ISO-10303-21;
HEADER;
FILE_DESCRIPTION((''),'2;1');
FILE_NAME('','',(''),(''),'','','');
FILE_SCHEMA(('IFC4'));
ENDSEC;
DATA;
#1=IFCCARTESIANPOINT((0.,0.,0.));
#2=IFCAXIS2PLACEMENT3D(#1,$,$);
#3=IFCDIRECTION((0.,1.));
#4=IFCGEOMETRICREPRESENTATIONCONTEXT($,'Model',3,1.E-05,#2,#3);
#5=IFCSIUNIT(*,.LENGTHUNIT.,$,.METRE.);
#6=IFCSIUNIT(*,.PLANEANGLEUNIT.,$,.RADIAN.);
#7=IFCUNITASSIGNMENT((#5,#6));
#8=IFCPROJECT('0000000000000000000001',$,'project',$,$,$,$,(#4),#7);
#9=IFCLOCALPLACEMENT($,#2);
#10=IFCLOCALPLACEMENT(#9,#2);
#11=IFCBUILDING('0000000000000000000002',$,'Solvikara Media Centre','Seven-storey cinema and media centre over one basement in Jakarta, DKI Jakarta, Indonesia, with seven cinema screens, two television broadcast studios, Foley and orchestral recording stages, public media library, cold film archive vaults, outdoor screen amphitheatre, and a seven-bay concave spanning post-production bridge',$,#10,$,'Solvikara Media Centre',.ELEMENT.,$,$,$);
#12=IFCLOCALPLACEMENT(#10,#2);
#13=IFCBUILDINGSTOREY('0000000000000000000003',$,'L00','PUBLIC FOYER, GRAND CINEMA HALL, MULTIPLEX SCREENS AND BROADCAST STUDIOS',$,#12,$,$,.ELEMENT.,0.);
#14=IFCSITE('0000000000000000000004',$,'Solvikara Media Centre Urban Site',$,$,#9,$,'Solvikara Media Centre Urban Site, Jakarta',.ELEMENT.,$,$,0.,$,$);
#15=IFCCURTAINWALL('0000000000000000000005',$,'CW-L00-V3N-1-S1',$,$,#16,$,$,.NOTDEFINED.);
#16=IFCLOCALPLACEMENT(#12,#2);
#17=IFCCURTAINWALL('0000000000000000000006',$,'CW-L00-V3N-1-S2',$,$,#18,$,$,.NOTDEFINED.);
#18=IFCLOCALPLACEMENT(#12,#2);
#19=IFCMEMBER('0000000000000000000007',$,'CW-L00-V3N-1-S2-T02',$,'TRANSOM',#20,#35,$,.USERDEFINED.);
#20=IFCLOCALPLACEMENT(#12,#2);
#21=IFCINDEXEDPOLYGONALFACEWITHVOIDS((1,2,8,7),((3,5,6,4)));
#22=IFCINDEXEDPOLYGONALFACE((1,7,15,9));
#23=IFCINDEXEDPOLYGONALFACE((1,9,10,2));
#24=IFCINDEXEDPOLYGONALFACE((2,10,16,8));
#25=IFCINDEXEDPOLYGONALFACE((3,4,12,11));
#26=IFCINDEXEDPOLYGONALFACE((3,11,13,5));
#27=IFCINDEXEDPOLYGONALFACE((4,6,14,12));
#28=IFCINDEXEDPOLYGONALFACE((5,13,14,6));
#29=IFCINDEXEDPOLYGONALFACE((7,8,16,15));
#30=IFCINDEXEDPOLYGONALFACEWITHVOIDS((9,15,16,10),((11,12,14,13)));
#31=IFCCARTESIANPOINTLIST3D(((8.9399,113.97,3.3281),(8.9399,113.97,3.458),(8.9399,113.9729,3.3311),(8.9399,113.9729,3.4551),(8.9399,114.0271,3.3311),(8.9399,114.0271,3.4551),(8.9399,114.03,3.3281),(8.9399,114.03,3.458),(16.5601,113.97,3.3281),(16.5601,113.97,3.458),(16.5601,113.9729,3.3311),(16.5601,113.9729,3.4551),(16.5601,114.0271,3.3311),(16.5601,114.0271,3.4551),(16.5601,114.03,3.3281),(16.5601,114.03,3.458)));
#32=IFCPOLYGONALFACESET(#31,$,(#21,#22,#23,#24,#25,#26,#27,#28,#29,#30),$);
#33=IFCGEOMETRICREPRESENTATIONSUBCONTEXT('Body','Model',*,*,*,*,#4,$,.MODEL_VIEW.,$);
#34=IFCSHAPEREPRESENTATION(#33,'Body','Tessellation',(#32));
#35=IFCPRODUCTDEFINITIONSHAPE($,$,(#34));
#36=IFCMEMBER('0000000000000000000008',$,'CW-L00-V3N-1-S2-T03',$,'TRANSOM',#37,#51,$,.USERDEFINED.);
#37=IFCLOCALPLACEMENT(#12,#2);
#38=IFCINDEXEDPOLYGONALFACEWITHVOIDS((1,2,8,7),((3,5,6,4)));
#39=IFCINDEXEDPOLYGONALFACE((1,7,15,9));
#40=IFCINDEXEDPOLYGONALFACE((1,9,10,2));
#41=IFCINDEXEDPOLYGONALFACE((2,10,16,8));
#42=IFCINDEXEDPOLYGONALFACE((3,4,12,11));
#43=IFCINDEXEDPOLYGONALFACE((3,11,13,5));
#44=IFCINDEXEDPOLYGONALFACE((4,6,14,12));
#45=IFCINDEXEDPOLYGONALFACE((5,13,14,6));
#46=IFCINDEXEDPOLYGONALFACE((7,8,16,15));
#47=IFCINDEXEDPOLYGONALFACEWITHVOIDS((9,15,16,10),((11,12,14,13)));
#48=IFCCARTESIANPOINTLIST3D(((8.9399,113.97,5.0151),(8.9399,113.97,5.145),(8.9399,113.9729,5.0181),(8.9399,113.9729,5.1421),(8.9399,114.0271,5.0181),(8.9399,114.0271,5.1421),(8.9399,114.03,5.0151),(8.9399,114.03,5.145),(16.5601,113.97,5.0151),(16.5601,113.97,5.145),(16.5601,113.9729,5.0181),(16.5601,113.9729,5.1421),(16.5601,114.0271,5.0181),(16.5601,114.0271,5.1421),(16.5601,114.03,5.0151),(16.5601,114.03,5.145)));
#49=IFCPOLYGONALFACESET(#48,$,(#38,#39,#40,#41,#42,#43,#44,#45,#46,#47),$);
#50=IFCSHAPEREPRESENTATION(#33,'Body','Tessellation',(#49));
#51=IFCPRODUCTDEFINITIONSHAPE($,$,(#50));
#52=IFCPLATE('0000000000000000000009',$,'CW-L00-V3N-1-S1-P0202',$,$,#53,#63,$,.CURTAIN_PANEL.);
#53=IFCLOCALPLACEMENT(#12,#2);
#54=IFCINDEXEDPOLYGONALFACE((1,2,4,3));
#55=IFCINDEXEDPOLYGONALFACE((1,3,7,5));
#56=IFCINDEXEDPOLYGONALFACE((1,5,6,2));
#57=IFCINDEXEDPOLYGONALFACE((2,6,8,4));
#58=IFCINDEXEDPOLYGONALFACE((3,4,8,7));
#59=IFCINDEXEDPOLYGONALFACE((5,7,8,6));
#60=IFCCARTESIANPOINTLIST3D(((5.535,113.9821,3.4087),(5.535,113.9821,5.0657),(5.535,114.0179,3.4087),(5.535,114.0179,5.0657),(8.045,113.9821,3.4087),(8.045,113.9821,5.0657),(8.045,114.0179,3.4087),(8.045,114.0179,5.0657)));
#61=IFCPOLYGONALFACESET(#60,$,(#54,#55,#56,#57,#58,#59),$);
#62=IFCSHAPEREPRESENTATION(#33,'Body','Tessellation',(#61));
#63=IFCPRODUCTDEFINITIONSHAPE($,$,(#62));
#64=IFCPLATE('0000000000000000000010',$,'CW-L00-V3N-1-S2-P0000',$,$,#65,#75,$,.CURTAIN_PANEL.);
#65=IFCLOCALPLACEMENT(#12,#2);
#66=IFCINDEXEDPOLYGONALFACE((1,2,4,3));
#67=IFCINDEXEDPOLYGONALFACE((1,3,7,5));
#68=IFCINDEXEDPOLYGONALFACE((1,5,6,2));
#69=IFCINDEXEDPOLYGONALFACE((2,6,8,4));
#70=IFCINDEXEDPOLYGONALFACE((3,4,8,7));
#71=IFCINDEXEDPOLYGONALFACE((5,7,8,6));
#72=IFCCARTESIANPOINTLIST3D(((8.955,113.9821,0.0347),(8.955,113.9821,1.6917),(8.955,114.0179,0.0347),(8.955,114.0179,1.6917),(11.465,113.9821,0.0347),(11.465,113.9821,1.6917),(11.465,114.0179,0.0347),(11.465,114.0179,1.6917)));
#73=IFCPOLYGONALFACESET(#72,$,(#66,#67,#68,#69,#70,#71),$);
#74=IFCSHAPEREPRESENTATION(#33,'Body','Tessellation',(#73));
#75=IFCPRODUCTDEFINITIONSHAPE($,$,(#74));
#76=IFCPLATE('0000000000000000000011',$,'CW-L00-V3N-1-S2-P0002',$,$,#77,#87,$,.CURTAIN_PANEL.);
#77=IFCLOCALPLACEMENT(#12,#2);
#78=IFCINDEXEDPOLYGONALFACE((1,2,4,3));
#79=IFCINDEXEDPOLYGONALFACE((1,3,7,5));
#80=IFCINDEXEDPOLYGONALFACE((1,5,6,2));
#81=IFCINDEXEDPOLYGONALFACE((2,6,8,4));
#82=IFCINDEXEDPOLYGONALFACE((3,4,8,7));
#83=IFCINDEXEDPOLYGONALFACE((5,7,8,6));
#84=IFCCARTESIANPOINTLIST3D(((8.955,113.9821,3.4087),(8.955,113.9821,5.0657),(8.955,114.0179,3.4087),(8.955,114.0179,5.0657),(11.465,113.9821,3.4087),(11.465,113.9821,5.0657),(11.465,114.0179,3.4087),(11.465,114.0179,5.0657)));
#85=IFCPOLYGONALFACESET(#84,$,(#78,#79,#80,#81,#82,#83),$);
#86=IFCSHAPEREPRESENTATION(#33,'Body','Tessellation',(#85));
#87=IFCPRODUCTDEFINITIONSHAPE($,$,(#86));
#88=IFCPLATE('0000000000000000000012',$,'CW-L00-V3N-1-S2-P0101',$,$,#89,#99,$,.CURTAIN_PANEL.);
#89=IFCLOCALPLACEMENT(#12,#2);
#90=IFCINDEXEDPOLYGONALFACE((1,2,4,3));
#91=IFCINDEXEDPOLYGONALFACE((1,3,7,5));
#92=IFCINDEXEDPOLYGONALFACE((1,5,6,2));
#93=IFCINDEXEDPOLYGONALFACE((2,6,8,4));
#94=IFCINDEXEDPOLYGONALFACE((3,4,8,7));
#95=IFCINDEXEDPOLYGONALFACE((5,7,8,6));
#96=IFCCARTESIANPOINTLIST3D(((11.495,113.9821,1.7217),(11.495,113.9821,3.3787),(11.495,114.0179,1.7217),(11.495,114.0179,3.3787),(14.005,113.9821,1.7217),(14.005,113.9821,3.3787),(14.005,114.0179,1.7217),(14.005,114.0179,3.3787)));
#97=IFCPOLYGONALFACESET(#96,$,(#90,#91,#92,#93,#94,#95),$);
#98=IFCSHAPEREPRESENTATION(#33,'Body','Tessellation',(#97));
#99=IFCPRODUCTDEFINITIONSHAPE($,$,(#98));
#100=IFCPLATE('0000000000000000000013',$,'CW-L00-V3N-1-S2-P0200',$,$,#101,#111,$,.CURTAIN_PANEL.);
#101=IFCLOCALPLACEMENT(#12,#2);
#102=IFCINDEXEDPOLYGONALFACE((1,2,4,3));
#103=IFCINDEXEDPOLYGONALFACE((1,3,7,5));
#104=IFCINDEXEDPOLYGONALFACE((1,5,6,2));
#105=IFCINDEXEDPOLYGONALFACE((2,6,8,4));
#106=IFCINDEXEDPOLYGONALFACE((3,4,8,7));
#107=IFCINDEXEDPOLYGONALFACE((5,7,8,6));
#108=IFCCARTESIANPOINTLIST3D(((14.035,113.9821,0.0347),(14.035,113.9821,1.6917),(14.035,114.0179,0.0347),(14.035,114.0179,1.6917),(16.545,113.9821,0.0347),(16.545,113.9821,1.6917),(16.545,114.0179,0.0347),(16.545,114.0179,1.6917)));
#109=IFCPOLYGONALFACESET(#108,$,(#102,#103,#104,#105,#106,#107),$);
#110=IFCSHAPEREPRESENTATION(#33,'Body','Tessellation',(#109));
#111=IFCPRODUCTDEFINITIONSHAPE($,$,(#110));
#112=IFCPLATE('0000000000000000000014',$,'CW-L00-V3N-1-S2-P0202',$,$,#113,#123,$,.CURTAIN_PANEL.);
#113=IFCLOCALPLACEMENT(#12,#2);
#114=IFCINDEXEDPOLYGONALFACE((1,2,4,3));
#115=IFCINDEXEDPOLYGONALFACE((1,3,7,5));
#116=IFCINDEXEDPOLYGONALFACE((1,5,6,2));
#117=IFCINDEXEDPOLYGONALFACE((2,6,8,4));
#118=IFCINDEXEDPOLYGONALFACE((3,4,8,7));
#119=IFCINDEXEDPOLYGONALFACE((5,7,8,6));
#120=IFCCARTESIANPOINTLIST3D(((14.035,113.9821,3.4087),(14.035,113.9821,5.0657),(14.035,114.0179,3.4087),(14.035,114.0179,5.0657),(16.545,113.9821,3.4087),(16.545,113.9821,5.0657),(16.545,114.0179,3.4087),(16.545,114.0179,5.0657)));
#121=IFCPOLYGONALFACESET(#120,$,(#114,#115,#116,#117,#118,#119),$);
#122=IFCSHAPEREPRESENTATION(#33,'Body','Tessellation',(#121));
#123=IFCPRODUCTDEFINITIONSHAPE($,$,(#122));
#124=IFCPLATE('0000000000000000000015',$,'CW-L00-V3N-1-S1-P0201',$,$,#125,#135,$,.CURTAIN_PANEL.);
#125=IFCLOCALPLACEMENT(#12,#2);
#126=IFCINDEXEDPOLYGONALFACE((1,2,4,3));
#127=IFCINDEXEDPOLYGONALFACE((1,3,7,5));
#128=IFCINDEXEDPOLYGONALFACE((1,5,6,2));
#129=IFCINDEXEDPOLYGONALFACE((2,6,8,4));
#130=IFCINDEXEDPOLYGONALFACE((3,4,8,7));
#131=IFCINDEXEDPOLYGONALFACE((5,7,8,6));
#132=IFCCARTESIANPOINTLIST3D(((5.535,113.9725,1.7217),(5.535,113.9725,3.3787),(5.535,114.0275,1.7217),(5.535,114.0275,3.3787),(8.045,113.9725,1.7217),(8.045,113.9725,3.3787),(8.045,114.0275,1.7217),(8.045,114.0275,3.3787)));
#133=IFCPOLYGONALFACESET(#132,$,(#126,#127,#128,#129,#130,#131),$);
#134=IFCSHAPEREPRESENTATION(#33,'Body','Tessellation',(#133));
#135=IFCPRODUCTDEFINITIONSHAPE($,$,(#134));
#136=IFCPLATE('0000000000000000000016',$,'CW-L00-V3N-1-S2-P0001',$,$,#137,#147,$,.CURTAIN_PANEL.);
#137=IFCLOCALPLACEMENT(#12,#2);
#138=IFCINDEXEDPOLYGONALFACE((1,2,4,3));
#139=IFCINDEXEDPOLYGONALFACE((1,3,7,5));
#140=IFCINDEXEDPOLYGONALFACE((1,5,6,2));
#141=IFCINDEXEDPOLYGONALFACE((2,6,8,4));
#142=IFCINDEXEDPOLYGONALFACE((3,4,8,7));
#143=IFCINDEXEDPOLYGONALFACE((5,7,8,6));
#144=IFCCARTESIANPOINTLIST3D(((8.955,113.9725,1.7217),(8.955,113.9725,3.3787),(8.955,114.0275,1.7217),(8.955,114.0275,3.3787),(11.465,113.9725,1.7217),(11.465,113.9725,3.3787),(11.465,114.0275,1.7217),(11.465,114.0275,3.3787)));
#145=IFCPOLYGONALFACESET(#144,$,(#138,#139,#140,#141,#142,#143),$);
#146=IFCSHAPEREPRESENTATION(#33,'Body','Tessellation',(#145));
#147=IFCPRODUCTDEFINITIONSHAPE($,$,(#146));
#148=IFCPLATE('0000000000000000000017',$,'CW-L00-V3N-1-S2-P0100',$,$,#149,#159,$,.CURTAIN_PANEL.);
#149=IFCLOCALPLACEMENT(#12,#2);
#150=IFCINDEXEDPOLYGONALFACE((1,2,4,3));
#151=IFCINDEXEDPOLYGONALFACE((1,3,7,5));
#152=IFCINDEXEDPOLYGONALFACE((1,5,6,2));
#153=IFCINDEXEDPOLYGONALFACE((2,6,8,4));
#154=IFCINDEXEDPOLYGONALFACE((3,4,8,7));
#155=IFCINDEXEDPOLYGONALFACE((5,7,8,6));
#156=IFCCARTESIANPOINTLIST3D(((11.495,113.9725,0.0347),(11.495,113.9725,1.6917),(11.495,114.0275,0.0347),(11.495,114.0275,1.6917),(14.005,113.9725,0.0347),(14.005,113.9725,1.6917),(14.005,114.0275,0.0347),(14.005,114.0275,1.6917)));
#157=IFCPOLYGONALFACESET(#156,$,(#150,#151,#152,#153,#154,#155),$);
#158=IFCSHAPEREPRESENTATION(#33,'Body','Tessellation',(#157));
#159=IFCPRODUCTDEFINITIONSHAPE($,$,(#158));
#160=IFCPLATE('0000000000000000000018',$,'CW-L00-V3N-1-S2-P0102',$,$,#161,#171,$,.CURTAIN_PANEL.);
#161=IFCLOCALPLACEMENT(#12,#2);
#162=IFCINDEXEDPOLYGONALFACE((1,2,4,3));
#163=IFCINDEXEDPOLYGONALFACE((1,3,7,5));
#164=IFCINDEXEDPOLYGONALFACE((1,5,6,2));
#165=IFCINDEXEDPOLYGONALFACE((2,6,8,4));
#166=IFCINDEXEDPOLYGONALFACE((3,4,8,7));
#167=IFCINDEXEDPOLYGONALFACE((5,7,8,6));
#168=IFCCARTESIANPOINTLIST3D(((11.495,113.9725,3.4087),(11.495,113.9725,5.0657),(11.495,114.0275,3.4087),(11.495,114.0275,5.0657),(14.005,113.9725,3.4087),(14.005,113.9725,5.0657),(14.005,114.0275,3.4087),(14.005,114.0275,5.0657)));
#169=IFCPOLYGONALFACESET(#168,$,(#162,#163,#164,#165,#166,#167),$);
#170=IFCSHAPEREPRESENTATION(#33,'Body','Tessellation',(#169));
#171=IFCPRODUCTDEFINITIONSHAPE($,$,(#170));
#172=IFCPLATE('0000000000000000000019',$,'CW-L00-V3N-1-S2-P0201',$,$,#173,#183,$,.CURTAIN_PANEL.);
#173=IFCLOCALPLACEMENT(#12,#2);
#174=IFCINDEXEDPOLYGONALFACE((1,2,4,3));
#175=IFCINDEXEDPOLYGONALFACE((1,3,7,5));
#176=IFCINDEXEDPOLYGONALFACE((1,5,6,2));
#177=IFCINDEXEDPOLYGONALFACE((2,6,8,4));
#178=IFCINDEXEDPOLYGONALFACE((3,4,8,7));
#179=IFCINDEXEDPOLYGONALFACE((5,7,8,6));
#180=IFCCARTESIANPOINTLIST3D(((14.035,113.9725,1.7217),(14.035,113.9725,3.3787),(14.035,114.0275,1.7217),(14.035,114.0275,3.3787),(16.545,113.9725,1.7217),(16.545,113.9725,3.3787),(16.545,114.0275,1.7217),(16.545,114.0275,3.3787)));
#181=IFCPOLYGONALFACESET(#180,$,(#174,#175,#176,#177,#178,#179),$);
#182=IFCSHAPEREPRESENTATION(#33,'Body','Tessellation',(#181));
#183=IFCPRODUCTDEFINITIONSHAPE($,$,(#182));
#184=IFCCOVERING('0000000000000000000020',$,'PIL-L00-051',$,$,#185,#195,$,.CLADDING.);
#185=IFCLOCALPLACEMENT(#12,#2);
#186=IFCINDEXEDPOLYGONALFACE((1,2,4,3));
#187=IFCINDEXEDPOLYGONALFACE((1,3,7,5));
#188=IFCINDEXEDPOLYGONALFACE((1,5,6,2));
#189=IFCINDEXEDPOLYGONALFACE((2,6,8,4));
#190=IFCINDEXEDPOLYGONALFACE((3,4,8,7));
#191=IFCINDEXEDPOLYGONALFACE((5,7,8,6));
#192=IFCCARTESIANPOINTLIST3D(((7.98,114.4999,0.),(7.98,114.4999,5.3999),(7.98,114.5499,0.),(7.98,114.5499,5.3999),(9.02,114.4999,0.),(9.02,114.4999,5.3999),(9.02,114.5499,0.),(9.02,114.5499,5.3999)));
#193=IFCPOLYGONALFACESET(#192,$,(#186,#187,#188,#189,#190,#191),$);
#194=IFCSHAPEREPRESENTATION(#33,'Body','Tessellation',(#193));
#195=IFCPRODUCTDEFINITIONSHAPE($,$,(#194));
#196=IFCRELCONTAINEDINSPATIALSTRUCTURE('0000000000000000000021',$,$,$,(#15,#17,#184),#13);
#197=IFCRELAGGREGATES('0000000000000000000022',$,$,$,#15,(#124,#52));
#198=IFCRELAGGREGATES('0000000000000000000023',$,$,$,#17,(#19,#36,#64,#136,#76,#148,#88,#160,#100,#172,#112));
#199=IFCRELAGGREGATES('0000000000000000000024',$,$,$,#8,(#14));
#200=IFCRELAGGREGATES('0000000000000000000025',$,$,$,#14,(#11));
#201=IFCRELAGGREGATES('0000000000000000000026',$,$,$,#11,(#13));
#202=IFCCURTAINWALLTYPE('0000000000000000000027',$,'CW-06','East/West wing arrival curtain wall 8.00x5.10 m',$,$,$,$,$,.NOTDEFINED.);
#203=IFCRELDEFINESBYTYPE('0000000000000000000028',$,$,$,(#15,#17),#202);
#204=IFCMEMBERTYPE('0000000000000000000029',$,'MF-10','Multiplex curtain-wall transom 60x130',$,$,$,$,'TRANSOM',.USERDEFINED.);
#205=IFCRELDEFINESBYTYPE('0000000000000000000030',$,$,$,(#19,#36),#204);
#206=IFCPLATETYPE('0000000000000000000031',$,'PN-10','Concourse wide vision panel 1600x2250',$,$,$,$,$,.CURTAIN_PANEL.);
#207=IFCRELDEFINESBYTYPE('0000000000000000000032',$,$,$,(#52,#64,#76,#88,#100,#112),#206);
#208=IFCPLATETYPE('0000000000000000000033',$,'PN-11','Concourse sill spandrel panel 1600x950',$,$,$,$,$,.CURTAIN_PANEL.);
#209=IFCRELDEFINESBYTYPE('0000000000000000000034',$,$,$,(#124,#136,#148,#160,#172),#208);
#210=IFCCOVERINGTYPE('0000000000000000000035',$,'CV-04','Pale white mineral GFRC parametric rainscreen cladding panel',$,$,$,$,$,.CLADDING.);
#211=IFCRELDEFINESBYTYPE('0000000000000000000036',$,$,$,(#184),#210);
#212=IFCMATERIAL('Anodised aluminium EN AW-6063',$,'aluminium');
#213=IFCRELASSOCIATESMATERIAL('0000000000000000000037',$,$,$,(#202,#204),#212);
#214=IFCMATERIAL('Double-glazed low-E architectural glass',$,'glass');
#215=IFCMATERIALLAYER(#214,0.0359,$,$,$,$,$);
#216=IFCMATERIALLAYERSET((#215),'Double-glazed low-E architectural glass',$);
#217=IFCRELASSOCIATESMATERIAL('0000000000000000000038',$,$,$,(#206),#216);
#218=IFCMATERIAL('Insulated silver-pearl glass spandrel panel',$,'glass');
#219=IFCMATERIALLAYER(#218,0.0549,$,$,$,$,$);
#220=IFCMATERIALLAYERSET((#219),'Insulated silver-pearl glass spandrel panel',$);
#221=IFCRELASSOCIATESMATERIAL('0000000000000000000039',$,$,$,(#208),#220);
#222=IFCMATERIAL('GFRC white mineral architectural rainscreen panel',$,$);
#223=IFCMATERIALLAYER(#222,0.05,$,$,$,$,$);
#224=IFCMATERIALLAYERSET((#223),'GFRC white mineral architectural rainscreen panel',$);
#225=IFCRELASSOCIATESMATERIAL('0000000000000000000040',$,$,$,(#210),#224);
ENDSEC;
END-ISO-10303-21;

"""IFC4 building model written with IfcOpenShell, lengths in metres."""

from ifc_helpers import new_model, si_unit, direction, frame, origin, origin_2d, place, context, subcontext, project, spatial, rectangle, hollow_rectangle, extrude, material, layer, layer_set, material_profile, profile_set, type_object, element, aggregate, save


model = new_model("IFC4")

# Units and contexts
model_context = context("Model", 3, precision=1e-05, world=origin(), true_north=direction((0.0, 1.0)))
body_context = subcontext(model_context, "Body", "Model", "MODEL_VIEW")
ifc_project = project(units=[si_unit("LENGTHUNIT", "METRE"), si_unit("PLANEANGLEUNIT", "RADIAN")], contexts=[model_context])

# Site, building, storey
site_placement = place(None, origin())
site = spatial("IfcSite", under=ifc_project, at=site_placement, Name="Solvikara Media Centre Urban Site", LongName="Solvikara Media Centre Urban Site, Jakarta", CompositionType="ELEMENT", RefElevation=0.0)
building_placement = place(site_placement, origin())
building = spatial("IfcBuilding", under=site, at=building_placement, Name="Solvikara Media Centre", Description="Seven-storey cinema and media centre over one basement in Jakarta, DKI Jakarta, Indonesia, with seven cinema screens, two television broadcast studios, Foley and orchestral recording stages, public media library, cold film archive vaults, outdoor screen amphitheatre, and a seven-bay concave spanning post-production bridge", LongName="Solvikara Media Centre", CompositionType="ELEMENT")
storey_placement = place(building_placement, origin())
storey = spatial("IfcBuildingStorey", under=building, at=storey_placement, Name="L00", Description="PUBLIC FOYER, GRAND CINEMA HALL, MULTIPLEX SCREENS AND BROADCAST STUDIOS", CompositionType="ELEMENT", Elevation=0.0)

# Curtain wall
ifc_material_1 = material(Name="Anodised aluminium EN AW-6063", Category="aluminium")
curtain_wall_type = type_object("IfcCurtainWallType", Name="CW-06", Description="East/West wing arrival curtain wall 8.00x5.10 m", PredefinedType="NOTDEFINED", material=ifc_material_1)
curtain_wall_1_placement = place(storey_placement, origin())
curtain_wall_1 = element("IfcCurtainWall", 1, at=curtain_wall_1_placement, inside=storey, type_object=curtain_wall_type, Name="CW-L00-V3N-1-S1", PredefinedType="NOTDEFINED")

# Curtain wall, members
curtain_wall_2_placement = place(storey_placement, origin())
curtain_wall_2 = element("IfcCurtainWall", 2, at=curtain_wall_2_placement, inside=storey, type_object=curtain_wall_type, Name="CW-L00-V3N-1-S2", PredefinedType="NOTDEFINED")
ifc_material_profile_1 = material_profile(ifc_material_1, hollow_rectangle(XDim=0.0601, YDim=0.1299, WallThickness=0.0029, at=origin_2d()), Name="ALU-T 60x130x3")
ifc_profile_set_1 = profile_set([ifc_material_profile_1], Name="Anodised aluminium EN AW-6063")
member_type_1 = type_object("IfcMemberType", Name="MF-10", Description="Multiplex curtain-wall transom 60x130", ElementType="TRANSOM", PredefinedType="USERDEFINED", material=ifc_profile_set_1)
member_1_placement = place(storey_placement, frame((8.9399, 114.0, 3.3931), z_axis=(1.0, 0.0, 0.0), x_axis=(0.0, 1.0, 0.0)))
member_1 = element("IfcMember", 3, at=member_1_placement, type_object=member_type_1, Name="CW-L00-V3N-1-S2-T02", ObjectType="TRANSOM", PredefinedType="USERDEFINED", context=body_context, shape_type="SweptSolid", body=[
    extrude(hollow_rectangle(XDim=0.0601, YDim=0.1299, WallThickness=0.0029, at=origin_2d()), origin(), (0.0, 0.0, 1.0), 7.6201),
])
member_2_placement = place(storey_placement, frame((8.9399, 114.0, 5.0801), z_axis=(1.0, 0.0, 0.0), x_axis=(0.0, 1.0, 0.0)))
member_2 = element("IfcMember", 4, at=member_2_placement, type_object=member_type_1, Name="CW-L00-V3N-1-S2-T03", ObjectType="TRANSOM", PredefinedType="USERDEFINED", context=body_context, shape_type="SweptSolid", body=[
    extrude(hollow_rectangle(XDim=0.0601, YDim=0.1299, WallThickness=0.0029, at=origin_2d()), origin(), (0.0, 0.0, 1.0), 7.6201),
])

# Plates
ifc_material_2 = material(Name="Double-glazed low-E architectural glass", Category="glass")
ifc_layer_1 = layer(ifc_material_2, 0.0359)
ifc_layer_set_1 = layer_set([ifc_layer_1], Name="Double-glazed low-E architectural glass")
plate_type_1 = type_object("IfcPlateType", Name="PN-10", Description="Concourse wide vision panel 1600x2250", PredefinedType="CURTAIN_PANEL", material=ifc_layer_set_1)
plate_1_placement = place(storey_placement, frame((6.79, 114.0, 3.4087), z_axis=(0.0, 0.0, 1.0), x_axis=(1.0, 0.0, 0.0)))
plate_1 = element("IfcPlate", 5, at=plate_1_placement, type_object=plate_type_1, Name="CW-L00-V3N-1-S1-P0202", PredefinedType="CURTAIN_PANEL", context=body_context, shape_type="SweptSolid", body=[
    extrude(rectangle(XDim=2.51, YDim=0.0359, at=origin_2d()), origin(), (0.0, 0.0, 1.0), 1.657),
])
plate_2_placement = place(storey_placement, frame((10.21, 114.0, 0.0347), z_axis=(0.0, 0.0, 1.0), x_axis=(1.0, 0.0, 0.0)))
plate_2 = element("IfcPlate", 6, at=plate_2_placement, type_object=plate_type_1, Name="CW-L00-V3N-1-S2-P0000", PredefinedType="CURTAIN_PANEL", context=body_context, shape_type="SweptSolid", body=[
    extrude(rectangle(XDim=2.51, YDim=0.0359, at=origin_2d()), origin(), (0.0, 0.0, 1.0), 1.657),
])
plate_3_placement = place(storey_placement, frame((10.21, 114.0, 3.4087), z_axis=(0.0, 0.0, 1.0), x_axis=(1.0, 0.0, 0.0)))
plate_3 = element("IfcPlate", 7, at=plate_3_placement, type_object=plate_type_1, Name="CW-L00-V3N-1-S2-P0002", PredefinedType="CURTAIN_PANEL", context=body_context, shape_type="SweptSolid", body=[
    extrude(rectangle(XDim=2.51, YDim=0.0359, at=origin_2d()), origin(), (0.0, 0.0, 1.0), 1.657),
])
plate_4_placement = place(storey_placement, frame((12.75, 114.0, 1.7217), z_axis=(0.0, 0.0, 1.0), x_axis=(1.0, 0.0, 0.0)))
plate_4 = element("IfcPlate", 8, at=plate_4_placement, type_object=plate_type_1, Name="CW-L00-V3N-1-S2-P0101", PredefinedType="CURTAIN_PANEL", context=body_context, shape_type="SweptSolid", body=[
    extrude(rectangle(XDim=2.51, YDim=0.0359, at=origin_2d()), origin(), (0.0, 0.0, 1.0), 1.657),
])
plate_5_placement = place(storey_placement, frame((15.29, 114.0, 0.0347), z_axis=(0.0, 0.0, 1.0), x_axis=(1.0, 0.0, 0.0)))
plate_5 = element("IfcPlate", 9, at=plate_5_placement, type_object=plate_type_1, Name="CW-L00-V3N-1-S2-P0200", PredefinedType="CURTAIN_PANEL", context=body_context, shape_type="SweptSolid", body=[
    extrude(rectangle(XDim=2.51, YDim=0.0359, at=origin_2d()), origin(), (0.0, 0.0, 1.0), 1.657),
])
plate_6_placement = place(storey_placement, frame((15.29, 114.0, 3.4087), z_axis=(0.0, 0.0, 1.0), x_axis=(1.0, 0.0, 0.0)))
plate_6 = element("IfcPlate", 10, at=plate_6_placement, type_object=plate_type_1, Name="CW-L00-V3N-1-S2-P0202", PredefinedType="CURTAIN_PANEL", context=body_context, shape_type="SweptSolid", body=[
    extrude(rectangle(XDim=2.51, YDim=0.0359, at=origin_2d()), origin(), (0.0, 0.0, 1.0), 1.657),
])
ifc_material_3 = material(Name="Insulated silver-pearl glass spandrel panel", Category="glass")
ifc_layer_2 = layer(ifc_material_3, 0.0549)
ifc_layer_set_2 = layer_set([ifc_layer_2], Name="Insulated silver-pearl glass spandrel panel")
plate_type_2 = type_object("IfcPlateType", Name="PN-11", Description="Concourse sill spandrel panel 1600x950", PredefinedType="CURTAIN_PANEL", material=ifc_layer_set_2)
plate_7_placement = place(storey_placement, frame((6.79, 114.0, 1.7217), z_axis=(0.0, 0.0, 1.0), x_axis=(1.0, 0.0, 0.0)))
plate_7 = element("IfcPlate", 11, at=plate_7_placement, type_object=plate_type_2, Name="CW-L00-V3N-1-S1-P0201", PredefinedType="CURTAIN_PANEL", context=body_context, shape_type="SweptSolid", body=[
    extrude(rectangle(XDim=2.51, YDim=0.0549, at=origin_2d()), origin(), (0.0, 0.0, 1.0), 1.657),
])
aggregate(curtain_wall_1, [plate_7, plate_1])
plate_8_placement = place(storey_placement, frame((10.21, 114.0, 1.7217), z_axis=(0.0, 0.0, 1.0), x_axis=(1.0, 0.0, 0.0)))
plate_8 = element("IfcPlate", 12, at=plate_8_placement, type_object=plate_type_2, Name="CW-L00-V3N-1-S2-P0001", PredefinedType="CURTAIN_PANEL", context=body_context, shape_type="SweptSolid", body=[
    extrude(rectangle(XDim=2.51, YDim=0.0549, at=origin_2d()), origin(), (0.0, 0.0, 1.0), 1.657),
])
plate_9_placement = place(storey_placement, frame((12.75, 114.0, 0.0347), z_axis=(0.0, 0.0, 1.0), x_axis=(1.0, 0.0, 0.0)))
plate_9 = element("IfcPlate", 13, at=plate_9_placement, type_object=plate_type_2, Name="CW-L00-V3N-1-S2-P0100", PredefinedType="CURTAIN_PANEL", context=body_context, shape_type="SweptSolid", body=[
    extrude(rectangle(XDim=2.51, YDim=0.0549, at=origin_2d()), origin(), (0.0, 0.0, 1.0), 1.657),
])
plate_10_placement = place(storey_placement, frame((12.75, 114.0, 3.4087), z_axis=(0.0, 0.0, 1.0), x_axis=(1.0, 0.0, 0.0)))
plate_10 = element("IfcPlate", 14, at=plate_10_placement, type_object=plate_type_2, Name="CW-L00-V3N-1-S2-P0102", PredefinedType="CURTAIN_PANEL", context=body_context, shape_type="SweptSolid", body=[
    extrude(rectangle(XDim=2.51, YDim=0.0549, at=origin_2d()), origin(), (0.0, 0.0, 1.0), 1.657),
])
plate_11_placement = place(storey_placement, frame((15.29, 114.0, 1.7217), z_axis=(0.0, 0.0, 1.0), x_axis=(1.0, 0.0, 0.0)))
plate_11 = element("IfcPlate", 15, at=plate_11_placement, type_object=plate_type_2, Name="CW-L00-V3N-1-S2-P0201", PredefinedType="CURTAIN_PANEL", context=body_context, shape_type="SweptSolid", body=[
    extrude(rectangle(XDim=2.51, YDim=0.0549, at=origin_2d()), origin(), (0.0, 0.0, 1.0), 1.657),
])
aggregate(curtain_wall_2, [member_1, member_2, plate_2, plate_8, plate_3, plate_9, plate_4, plate_10, plate_5, plate_11, plate_6])

# Covering
ifc_material_4 = material(Name="GFRC white mineral architectural rainscreen panel")
ifc_layer_3 = layer(ifc_material_4, 0.05)
ifc_layer_set_3 = layer_set([ifc_layer_3], Name="GFRC white mineral architectural rainscreen panel")
covering_type = type_object("IfcCoveringType", Name="CV-04", Description="Pale white mineral GFRC parametric rainscreen cladding panel", PredefinedType="CLADDING", material=ifc_layer_set_3)
covering_placement = place(storey_placement, frame((8.5, 114.5249, 0.0), z_axis=(0.0, 0.0, 1.0), x_axis=(-1.0, 0.0, 0.0)))
element("IfcCovering", 16, at=covering_placement, inside=storey, type_object=covering_type, Name="PIL-L00-051", PredefinedType="CLADDING", context=body_context, shape_type="SweptSolid", body=[
    extrude(rectangle(XDim=1.04, YDim=0.05, at=origin_2d()), origin(), (0.0, 0.0, 1.0), 5.3999),
])

save(model, "model.ifc")
